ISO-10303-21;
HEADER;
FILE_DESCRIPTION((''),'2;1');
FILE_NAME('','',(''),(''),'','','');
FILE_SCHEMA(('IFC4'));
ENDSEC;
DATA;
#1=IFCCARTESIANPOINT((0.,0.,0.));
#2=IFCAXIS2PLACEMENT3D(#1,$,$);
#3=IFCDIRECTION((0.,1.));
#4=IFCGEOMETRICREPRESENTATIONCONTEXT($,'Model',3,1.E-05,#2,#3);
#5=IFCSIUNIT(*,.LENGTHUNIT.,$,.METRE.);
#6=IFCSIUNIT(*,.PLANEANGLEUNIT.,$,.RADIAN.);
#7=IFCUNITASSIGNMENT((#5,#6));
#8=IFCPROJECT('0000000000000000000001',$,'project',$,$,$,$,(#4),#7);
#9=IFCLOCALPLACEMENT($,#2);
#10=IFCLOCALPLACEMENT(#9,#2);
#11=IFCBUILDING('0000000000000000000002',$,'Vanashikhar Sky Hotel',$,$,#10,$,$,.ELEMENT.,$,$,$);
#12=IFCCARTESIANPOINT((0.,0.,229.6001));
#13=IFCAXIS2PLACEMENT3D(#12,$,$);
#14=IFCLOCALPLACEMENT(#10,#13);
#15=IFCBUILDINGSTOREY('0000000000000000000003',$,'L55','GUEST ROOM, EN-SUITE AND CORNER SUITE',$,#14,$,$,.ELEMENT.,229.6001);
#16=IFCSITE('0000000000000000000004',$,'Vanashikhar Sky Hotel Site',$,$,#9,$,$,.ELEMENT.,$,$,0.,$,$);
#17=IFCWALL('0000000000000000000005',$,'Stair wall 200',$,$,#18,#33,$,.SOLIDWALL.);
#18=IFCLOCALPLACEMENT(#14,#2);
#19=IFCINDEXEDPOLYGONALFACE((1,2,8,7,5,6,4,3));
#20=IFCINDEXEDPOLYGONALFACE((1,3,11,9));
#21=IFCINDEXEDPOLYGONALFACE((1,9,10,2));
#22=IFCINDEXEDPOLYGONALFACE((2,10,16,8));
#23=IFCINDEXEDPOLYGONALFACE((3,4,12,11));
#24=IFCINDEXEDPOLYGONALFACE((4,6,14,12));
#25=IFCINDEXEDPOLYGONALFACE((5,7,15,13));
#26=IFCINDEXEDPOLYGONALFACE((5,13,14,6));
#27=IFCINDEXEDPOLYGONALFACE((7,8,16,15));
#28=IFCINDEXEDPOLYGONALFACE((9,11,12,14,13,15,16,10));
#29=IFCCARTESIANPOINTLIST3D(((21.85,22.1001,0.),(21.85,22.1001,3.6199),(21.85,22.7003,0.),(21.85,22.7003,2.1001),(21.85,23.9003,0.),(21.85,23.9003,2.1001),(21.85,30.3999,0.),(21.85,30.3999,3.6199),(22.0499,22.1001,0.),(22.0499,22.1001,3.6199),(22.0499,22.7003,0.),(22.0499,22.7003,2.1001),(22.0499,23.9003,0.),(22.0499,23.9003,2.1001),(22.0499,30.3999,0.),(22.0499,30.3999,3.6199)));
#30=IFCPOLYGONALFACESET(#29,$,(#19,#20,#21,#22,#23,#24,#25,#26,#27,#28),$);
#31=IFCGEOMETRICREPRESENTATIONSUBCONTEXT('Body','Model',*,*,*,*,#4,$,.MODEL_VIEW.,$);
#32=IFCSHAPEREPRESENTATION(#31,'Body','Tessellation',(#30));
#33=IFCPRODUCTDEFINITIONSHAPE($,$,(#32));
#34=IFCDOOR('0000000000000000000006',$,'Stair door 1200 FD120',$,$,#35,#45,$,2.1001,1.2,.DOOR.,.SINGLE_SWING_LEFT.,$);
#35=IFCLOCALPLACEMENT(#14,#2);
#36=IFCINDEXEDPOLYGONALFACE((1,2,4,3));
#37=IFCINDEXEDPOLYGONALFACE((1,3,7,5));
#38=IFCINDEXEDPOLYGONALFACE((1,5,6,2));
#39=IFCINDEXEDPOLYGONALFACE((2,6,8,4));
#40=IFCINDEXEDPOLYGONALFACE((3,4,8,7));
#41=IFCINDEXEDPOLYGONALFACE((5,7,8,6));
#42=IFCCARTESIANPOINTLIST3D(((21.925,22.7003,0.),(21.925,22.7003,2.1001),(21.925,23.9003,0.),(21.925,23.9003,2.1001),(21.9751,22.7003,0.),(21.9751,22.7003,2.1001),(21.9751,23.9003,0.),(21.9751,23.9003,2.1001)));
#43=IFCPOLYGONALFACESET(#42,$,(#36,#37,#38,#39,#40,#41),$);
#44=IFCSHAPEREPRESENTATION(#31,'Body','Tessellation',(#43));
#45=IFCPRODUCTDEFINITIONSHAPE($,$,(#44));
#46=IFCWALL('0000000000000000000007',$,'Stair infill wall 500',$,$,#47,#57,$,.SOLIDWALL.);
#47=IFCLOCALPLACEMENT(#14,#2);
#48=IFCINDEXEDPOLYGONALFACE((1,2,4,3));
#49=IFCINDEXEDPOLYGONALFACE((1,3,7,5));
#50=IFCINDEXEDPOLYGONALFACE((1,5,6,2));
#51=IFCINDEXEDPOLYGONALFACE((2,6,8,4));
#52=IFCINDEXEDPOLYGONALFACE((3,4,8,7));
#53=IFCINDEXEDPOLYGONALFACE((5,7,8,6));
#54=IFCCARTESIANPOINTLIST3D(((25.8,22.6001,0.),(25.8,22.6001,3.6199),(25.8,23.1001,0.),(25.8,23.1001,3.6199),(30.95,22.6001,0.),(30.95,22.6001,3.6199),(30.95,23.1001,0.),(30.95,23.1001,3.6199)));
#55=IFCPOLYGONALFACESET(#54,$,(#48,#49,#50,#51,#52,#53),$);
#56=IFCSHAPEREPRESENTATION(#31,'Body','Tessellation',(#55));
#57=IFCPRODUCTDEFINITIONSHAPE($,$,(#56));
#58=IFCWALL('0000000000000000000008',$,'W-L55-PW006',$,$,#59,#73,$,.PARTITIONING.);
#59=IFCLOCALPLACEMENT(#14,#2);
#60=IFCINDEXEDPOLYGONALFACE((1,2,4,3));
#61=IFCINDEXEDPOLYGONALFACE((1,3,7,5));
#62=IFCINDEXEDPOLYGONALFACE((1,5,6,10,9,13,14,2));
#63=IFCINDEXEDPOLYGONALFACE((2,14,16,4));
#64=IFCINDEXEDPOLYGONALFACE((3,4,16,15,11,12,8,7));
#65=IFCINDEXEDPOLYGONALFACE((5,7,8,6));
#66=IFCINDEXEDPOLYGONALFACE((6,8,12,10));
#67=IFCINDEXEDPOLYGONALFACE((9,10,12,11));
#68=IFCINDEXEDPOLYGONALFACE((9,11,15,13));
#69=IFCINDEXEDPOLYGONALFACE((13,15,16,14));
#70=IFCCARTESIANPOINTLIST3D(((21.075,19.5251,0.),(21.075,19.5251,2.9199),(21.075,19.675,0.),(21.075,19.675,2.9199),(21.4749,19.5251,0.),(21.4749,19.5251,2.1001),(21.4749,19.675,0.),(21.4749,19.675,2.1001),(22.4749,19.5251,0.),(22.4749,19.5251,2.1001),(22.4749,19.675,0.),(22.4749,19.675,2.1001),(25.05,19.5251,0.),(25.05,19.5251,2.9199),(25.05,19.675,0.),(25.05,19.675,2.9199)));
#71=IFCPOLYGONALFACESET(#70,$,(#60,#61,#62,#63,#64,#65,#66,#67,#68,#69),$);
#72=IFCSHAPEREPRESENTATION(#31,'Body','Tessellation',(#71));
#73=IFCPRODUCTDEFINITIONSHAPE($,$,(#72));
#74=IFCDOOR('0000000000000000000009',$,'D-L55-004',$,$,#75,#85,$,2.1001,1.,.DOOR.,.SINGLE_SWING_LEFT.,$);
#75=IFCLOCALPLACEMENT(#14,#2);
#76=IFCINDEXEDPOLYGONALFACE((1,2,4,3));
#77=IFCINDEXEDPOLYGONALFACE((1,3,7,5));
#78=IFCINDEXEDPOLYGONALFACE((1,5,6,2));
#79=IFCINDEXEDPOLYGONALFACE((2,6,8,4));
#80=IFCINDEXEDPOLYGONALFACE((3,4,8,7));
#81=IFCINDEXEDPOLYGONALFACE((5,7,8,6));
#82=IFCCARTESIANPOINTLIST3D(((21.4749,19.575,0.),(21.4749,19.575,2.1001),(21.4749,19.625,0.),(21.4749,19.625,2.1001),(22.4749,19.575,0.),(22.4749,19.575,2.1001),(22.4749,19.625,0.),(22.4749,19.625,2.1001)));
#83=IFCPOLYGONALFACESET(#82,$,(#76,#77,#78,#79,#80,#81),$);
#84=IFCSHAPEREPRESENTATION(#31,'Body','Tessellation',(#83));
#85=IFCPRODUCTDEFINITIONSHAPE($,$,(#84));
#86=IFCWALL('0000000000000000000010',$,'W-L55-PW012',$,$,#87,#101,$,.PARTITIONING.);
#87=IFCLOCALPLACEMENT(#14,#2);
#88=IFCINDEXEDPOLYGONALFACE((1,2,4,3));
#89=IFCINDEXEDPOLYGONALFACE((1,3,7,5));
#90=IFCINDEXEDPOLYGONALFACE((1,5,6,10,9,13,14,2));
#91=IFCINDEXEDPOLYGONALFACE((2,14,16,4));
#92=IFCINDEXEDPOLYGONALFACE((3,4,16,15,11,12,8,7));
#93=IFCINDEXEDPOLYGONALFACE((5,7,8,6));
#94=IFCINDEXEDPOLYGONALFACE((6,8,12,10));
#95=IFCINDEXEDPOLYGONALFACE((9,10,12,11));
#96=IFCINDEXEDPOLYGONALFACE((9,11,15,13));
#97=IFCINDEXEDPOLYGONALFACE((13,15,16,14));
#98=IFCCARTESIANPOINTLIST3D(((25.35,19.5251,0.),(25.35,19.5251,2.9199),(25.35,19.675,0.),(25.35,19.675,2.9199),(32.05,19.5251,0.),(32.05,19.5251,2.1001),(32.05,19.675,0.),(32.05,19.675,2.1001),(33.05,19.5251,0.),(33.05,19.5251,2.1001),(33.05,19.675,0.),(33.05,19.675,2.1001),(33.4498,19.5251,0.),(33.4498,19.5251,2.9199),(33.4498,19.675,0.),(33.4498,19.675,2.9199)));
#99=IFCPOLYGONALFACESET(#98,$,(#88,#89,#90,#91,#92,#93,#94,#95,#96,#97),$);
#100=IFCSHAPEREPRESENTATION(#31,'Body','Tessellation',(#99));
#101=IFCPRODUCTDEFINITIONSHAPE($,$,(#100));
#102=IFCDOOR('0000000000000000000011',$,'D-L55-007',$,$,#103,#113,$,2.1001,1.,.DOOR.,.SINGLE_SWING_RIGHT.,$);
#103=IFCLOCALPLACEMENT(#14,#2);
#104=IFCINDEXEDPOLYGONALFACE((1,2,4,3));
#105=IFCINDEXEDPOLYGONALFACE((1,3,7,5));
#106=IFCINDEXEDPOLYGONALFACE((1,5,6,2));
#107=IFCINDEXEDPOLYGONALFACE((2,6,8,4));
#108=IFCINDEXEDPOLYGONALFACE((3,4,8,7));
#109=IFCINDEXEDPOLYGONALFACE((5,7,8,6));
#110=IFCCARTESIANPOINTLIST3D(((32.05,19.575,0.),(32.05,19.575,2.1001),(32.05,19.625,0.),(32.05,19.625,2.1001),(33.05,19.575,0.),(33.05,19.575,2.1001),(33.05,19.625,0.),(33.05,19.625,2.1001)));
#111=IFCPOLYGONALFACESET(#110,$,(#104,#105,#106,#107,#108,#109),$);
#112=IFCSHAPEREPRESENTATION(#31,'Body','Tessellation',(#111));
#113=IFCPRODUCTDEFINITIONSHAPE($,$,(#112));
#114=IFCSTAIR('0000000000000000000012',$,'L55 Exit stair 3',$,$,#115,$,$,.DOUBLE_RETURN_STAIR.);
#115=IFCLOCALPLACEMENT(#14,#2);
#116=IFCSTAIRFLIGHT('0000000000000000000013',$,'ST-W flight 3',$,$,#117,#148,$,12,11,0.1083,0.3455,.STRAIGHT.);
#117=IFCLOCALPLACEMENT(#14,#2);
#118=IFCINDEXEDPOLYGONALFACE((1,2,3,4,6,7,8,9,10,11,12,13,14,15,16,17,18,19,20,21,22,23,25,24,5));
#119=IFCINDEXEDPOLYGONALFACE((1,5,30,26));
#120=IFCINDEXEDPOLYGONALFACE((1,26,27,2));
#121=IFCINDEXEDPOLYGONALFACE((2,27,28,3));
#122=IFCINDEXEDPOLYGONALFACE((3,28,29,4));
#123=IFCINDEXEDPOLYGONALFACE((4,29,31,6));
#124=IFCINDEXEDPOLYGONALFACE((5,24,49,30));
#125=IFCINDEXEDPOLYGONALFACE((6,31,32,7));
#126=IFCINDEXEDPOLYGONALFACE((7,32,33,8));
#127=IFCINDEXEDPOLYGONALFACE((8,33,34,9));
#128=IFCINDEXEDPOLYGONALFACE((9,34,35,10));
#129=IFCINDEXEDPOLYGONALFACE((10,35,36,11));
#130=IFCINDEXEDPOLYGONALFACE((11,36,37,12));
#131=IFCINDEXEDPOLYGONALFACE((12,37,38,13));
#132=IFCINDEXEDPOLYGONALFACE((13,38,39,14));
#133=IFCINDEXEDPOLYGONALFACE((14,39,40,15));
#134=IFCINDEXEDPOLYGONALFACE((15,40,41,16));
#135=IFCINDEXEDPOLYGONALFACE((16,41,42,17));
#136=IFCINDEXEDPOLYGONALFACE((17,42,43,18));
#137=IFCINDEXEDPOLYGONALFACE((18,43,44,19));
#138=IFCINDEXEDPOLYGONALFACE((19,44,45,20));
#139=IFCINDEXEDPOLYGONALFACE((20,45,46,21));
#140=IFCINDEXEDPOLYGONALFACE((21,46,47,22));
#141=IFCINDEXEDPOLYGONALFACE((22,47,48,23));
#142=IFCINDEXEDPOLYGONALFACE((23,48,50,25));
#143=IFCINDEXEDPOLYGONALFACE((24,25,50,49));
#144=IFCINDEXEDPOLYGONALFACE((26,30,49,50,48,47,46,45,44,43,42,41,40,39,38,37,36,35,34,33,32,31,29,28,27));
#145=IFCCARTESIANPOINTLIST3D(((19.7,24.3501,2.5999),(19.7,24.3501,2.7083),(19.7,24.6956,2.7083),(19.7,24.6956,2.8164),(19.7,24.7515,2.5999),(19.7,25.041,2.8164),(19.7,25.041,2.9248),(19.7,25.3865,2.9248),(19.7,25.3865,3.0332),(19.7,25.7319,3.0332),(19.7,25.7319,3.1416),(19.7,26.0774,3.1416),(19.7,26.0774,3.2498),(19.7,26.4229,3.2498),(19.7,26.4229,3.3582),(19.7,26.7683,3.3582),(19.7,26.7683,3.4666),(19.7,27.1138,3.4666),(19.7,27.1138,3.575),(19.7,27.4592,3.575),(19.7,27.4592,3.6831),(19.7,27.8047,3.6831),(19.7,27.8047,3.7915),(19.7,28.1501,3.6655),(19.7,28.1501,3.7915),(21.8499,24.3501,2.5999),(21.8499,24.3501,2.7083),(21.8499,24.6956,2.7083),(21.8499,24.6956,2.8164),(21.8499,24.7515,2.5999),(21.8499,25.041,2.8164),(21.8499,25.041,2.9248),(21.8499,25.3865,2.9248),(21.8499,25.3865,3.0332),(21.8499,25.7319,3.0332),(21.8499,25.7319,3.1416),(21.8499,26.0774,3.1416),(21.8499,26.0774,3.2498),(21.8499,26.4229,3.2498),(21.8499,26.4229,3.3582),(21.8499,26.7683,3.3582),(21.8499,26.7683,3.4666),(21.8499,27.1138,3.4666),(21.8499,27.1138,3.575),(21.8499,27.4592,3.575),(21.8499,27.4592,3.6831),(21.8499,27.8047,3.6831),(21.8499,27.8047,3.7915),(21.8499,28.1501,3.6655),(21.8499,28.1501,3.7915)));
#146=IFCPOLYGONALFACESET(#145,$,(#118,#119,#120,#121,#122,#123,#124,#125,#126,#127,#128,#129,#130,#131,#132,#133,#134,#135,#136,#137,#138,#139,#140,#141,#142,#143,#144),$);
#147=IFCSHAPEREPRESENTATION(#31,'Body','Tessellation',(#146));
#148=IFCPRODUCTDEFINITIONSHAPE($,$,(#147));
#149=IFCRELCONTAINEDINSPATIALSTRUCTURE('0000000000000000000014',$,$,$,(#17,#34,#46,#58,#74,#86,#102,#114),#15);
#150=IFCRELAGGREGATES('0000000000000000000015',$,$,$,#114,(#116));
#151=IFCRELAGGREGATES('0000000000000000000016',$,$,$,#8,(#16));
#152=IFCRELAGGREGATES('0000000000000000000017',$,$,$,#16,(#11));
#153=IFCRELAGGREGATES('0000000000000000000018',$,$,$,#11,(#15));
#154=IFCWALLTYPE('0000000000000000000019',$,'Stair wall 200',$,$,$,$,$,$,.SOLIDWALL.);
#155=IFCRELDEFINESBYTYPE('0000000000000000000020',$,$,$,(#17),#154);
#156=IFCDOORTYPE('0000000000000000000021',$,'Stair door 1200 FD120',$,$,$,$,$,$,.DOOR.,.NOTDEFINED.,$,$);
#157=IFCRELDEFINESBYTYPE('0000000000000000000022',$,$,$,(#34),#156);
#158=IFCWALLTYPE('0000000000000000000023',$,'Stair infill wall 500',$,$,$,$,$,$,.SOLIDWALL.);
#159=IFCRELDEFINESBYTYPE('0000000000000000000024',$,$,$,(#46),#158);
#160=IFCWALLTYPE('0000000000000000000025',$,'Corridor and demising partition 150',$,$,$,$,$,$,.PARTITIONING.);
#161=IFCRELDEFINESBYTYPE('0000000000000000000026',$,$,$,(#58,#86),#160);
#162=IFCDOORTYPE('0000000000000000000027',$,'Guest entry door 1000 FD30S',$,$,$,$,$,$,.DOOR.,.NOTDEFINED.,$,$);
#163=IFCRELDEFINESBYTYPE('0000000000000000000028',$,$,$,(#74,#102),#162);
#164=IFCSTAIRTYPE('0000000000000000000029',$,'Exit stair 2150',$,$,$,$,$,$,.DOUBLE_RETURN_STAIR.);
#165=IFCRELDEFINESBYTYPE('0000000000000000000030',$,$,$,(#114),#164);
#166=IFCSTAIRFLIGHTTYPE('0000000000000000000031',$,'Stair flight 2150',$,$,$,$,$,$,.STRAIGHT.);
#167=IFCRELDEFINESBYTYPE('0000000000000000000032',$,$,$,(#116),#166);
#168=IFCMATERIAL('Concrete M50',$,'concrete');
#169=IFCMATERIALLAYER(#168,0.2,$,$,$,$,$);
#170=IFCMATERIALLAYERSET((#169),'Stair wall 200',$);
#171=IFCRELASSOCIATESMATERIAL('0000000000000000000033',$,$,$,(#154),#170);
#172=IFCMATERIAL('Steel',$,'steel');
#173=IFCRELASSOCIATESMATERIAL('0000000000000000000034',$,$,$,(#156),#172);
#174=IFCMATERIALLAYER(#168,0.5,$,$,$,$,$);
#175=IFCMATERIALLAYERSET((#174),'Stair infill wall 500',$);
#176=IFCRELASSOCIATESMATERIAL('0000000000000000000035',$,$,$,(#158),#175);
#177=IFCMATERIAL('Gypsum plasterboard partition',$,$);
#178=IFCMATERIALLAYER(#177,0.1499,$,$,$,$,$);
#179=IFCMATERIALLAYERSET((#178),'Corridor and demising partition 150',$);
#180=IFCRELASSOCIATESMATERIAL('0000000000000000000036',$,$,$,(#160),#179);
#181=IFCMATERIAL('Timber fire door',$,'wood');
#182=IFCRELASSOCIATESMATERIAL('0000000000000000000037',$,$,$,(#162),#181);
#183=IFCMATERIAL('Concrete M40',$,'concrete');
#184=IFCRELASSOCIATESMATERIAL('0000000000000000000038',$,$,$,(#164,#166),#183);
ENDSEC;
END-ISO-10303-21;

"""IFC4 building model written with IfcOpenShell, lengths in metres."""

from ifc_helpers import new_model, si_unit, direction, frame, frame_2d, origin, place, context, subcontext, project, spatial, polyline, rectangle, outline, extrude, source, transform, mapped, material, layer, layer_set, type_object, element, fill, aggregate, save


model = new_model("IFC4")

# Units and contexts
model_context = context("Model", 3, precision=1e-05, world=origin(), true_north=direction((0.0, 1.0)))
body_context = subcontext(model_context, "Body", "Model", "MODEL_VIEW")
ifc_project = project(units=[si_unit("LENGTHUNIT", "METRE"), si_unit("PLANEANGLEUNIT", "RADIAN")], contexts=[model_context])

# Site, building, storey
site_placement = place(None, origin())
site = spatial("IfcSite", under=ifc_project, at=site_placement, Name="Vanashikhar Sky Hotel Site", CompositionType="ELEMENT", RefElevation=0.0)
building_placement = place(site_placement, origin())
building = spatial("IfcBuilding", under=site, at=building_placement, Name="Vanashikhar Sky Hotel", CompositionType="ELEMENT")
storey_placement = place(building_placement, frame((0.0, 0.0, 229.6001)))
storey = spatial("IfcBuildingStorey", under=building, at=storey_placement, Name="L55", Description="GUEST ROOM, EN-SUITE AND CORNER SUITE", CompositionType="ELEMENT", Elevation=229.6001)

# Shared definitions
ifc_material_1 = material(Name="Steel", Category="steel")

# Wall, opening, door
ifc_material_2 = material(Name="Concrete M50", Category="concrete")
ifc_layer_1 = layer(ifc_material_2, 0.2)
ifc_layer_set_1 = layer_set([ifc_layer_1], Name="Stair wall 200")
wall_type_1 = type_object("IfcWallType", Name="Stair wall 200", PredefinedType="SOLIDWALL", material=ifc_layer_set_1)
shared_shape_1 = source(origin(), body_context, "Body", "SweptSolid", [
    extrude(rectangle(XDim=8.2998, YDim=0.2, at=frame_2d((4.1499, 0.0))), origin(), (0.0, 0.0, 1.0), 3.6199),
])
wall_1_placement = place(storey_placement, frame((21.95, 22.1001, 0.0), z_axis=(0.0, 0.0, 1.0), x_axis=(0.0, 1.0, 0.0)))
wall_1 = element("IfcWall", 1, at=wall_1_placement, inside=storey, type_object=wall_type_1, Name="Stair wall 200", PredefinedType="SOLIDWALL", context=body_context, shape_type="MappedRepresentation", body=[
    mapped(shared_shape_1, transform((0.0, 0.0, 0.0), scale=1.0)),
])
shared_shape_2 = source(origin(), body_context, "Body", "SweptSolid", [
    extrude(rectangle(XDim=1.2, YDim=2.1001, at=frame_2d((0.6001, 1.05))), frame((0.0, 0.1099, 0.0), z_axis=(0.0, -1.0, 0.0), x_axis=(1.0, 0.0, 0.0)), (0.0, 0.0, 1.0), 0.22),
])
opening_1_placement = place(wall_1_placement, frame((0.6001, 0.0, 0.0)))
opening_1 = element("IfcOpeningElement", 2, at=opening_1_placement, cuts=wall_1, PredefinedType="OPENING", context=body_context, shape_type="MappedRepresentation", body=[
    mapped(shared_shape_2, transform((0.0, 0.0, 0.0), scale=1.0)),
])
door_type_1 = type_object("IfcDoorType", Name="Stair door 1200 FD120", OperationType="NOTDEFINED", PredefinedType="DOOR", material=ifc_material_1)
shared_shape_3 = source(origin(), body_context, "Body", "SweptSolid", [
    extrude(rectangle(XDim=1.2, YDim=2.1001, at=frame_2d((0.6001, 1.05))), frame((0.0, 0.0249, 0.0), z_axis=(0.0, -1.0, 0.0), x_axis=(1.0, 0.0, 0.0)), (0.0, 0.0, 1.0), 0.05),
])
door_1_placement = place(opening_1_placement, origin())
door_1 = element("IfcDoor", 3, at=door_1_placement, inside=storey, type_object=door_type_1, Name="Stair door 1200 FD120", OperationType="SINGLE_SWING_LEFT", OverallHeight=2.1001, OverallWidth=1.2, PredefinedType="DOOR", context=body_context, shape_type="MappedRepresentation", body=[
    mapped(shared_shape_3, transform((0.0, 0.0, 0.0), scale=1.0)),
])
fill(opening_1, door_1)

# Wall
ifc_layer_2 = layer(ifc_material_2, 0.5)
ifc_layer_set_2 = layer_set([ifc_layer_2], Name="Stair infill wall 500")
wall_type_2 = type_object("IfcWallType", Name="Stair infill wall 500", PredefinedType="SOLIDWALL", material=ifc_layer_set_2)
shared_shape_4 = source(origin(), body_context, "Body", "SweptSolid", [
    extrude(rectangle(XDim=5.1499, YDim=0.5, at=frame_2d((2.575, 0.0))), origin(), (0.0, 0.0, 1.0), 3.6199),
])
wall_2_placement = place(storey_placement, frame((25.8, 22.8501, 0.0), z_axis=(0.0, 0.0, 1.0), x_axis=(1.0, 0.0, 0.0)))
element("IfcWall", 4, at=wall_2_placement, inside=storey, type_object=wall_type_2, Name="Stair infill wall 500", PredefinedType="SOLIDWALL", context=body_context, shape_type="MappedRepresentation", body=[
    mapped(shared_shape_4, transform((0.0, 0.0, 0.0), scale=1.0)),
])

# Walls, openings, doors
ifc_material_3 = material(Name="Gypsum plasterboard partition")
ifc_layer_3 = layer(ifc_material_3, 0.1499)
ifc_layer_set_3 = layer_set([ifc_layer_3], Name="Corridor and demising partition 150")
wall_type_3 = type_object("IfcWallType", Name="Corridor and demising partition 150", PredefinedType="PARTITIONING", material=ifc_layer_set_3)
shared_shape_5 = source(origin(), body_context, "Body", "SweptSolid", [
    extrude(rectangle(XDim=3.9751, YDim=0.1499, at=frame_2d((1.9875, 0.0))), origin(), (0.0, 0.0, 1.0), 2.9199),
])
wall_3_placement = place(storey_placement, frame((21.075, 19.6001, 0.0), z_axis=(0.0, 0.0, 1.0), x_axis=(1.0, 0.0, 0.0)))
wall_3 = element("IfcWall", 5, at=wall_3_placement, inside=storey, type_object=wall_type_3, Name="W-L55-PW006", PredefinedType="PARTITIONING", context=body_context, shape_type="MappedRepresentation", body=[
    mapped(shared_shape_5, transform((0.0, 0.0, 0.0), scale=1.0)),
])
shared_shape_6 = source(origin(), body_context, "Body", "SweptSolid", [
    extrude(rectangle(XDim=1.0, YDim=2.1001, at=frame_2d((0.5, 1.05))), frame((0.0, 0.085, 0.0), z_axis=(0.0, -1.0, 0.0), x_axis=(1.0, 0.0, 0.0)), (0.0, 0.0, 1.0), 0.1699),
])
opening_2_placement = place(wall_3_placement, frame((0.3999, 0.0, 0.0)))
opening_2 = element("IfcOpeningElement", 6, at=opening_2_placement, cuts=wall_3, PredefinedType="OPENING", context=body_context, shape_type="MappedRepresentation", body=[
    mapped(shared_shape_6, transform((0.0, 0.0, 0.0), scale=1.0)),
])
ifc_material_4 = material(Name="Timber fire door", Category="wood")
door_type_2 = type_object("IfcDoorType", Name="Guest entry door 1000 FD30S", OperationType="NOTDEFINED", PredefinedType="DOOR", material=ifc_material_4)
shared_shape_7 = source(origin(), body_context, "Body", "SweptSolid", [
    extrude(rectangle(XDim=1.0, YDim=2.1001, at=frame_2d((0.5, 1.05))), frame((0.0, 0.0249, 0.0), z_axis=(0.0, -1.0, 0.0), x_axis=(1.0, 0.0, 0.0)), (0.0, 0.0, 1.0), 0.05),
])
door_2_placement = place(opening_2_placement, origin())
door_2 = element("IfcDoor", 7, at=door_2_placement, inside=storey, type_object=door_type_2, Name="D-L55-004", OperationType="SINGLE_SWING_LEFT", OverallHeight=2.1001, OverallWidth=1.0, PredefinedType="DOOR", context=body_context, shape_type="MappedRepresentation", body=[
    mapped(shared_shape_7, transform((0.0, 0.0, 0.0), scale=1.0)),
])
fill(opening_2, door_2)
shared_shape_8 = source(origin(), body_context, "Body", "SweptSolid", [
    extrude(rectangle(XDim=8.0999, YDim=0.1499, at=frame_2d((4.0498, 0.0))), origin(), (0.0, 0.0, 1.0), 2.9199),
])
wall_4_placement = place(storey_placement, frame((25.3501, 19.6001, 0.0), z_axis=(0.0, 0.0, 1.0), x_axis=(1.0, 0.0, 0.0)))
wall_4 = element("IfcWall", 8, at=wall_4_placement, inside=storey, type_object=wall_type_3, Name="W-L55-PW012", PredefinedType="PARTITIONING", context=body_context, shape_type="MappedRepresentation", body=[
    mapped(shared_shape_8, transform((0.0, 0.0, 0.0), scale=1.0)),
])
opening_3_placement = place(wall_4_placement, frame((6.7, 0.0, 0.0)))
opening_3 = element("IfcOpeningElement", 9, at=opening_3_placement, cuts=wall_4, PredefinedType="OPENING", context=body_context, shape_type="MappedRepresentation", body=[
    mapped(shared_shape_6, transform((0.0, 0.0, 0.0), scale=1.0)),
])
door_3_placement = place(opening_3_placement, origin())
door_3 = element("IfcDoor", 10, at=door_3_placement, inside=storey, type_object=door_type_2, Name="D-L55-007", OperationType="SINGLE_SWING_RIGHT", OverallHeight=2.1001, OverallWidth=1.0, PredefinedType="DOOR", context=body_context, shape_type="MappedRepresentation", body=[
    mapped(shared_shape_7, transform((0.0, 0.0, 0.0), scale=1.0)),
])
fill(opening_3, door_3)

# Stair, stair flight
ifc_material_5 = material(Name="Concrete M40", Category="concrete")
stair_type = type_object("IfcStairType", Name="Exit stair 2150", PredefinedType="DOUBLE_RETURN_STAIR", material=ifc_material_5)
stair_placement = place(storey_placement, origin())
stair = element("IfcStair", 11, at=stair_placement, inside=storey, type_object=stair_type, Name="L55 Exit stair 3", PredefinedType="DOUBLE_RETURN_STAIR")
stair_flight_type = type_object("IfcStairFlightType", Name="Stair flight 2150", PredefinedType="STRAIGHT", material=ifc_material_5)
shared_shape_9 = source(origin(), body_context, "Body", "SweptSolid", [
    extrude(outline(polyline([(0.0, 0.0), (0.0, 0.1084), (0.3455, 0.1084), (0.3455, 0.2166), (0.6909, 0.2166), (0.6909, 0.325), (1.0364, 0.325), (1.0364, 0.4333), (1.3818, 0.4333), (1.3818, 0.5417), (1.7273, 0.5417), (1.7273, 0.6499), (2.0728, 0.6499), (2.0728, 0.7583), (2.4182, 0.7583), (2.4182, 0.8667), (2.7637, 0.8667), (2.7637, 0.9751), (3.1091, 0.9751), (3.1091, 1.0833), (3.4546, 1.0833), (3.4546, 1.1917), (3.8, 1.1917), (3.8, 1.3), (3.8, 1.0657), (0.4014, 0.0), (0.0, 0.0)])), frame((0.0, 1.075, 0.0), z_axis=(0.0, -1.0, 0.0), x_axis=(1.0, 0.0, 0.0)), (0.0, 0.0, 1.0), 2.1499),
])
stair_flight_placement = place(storey_placement, frame((20.7749, 24.3501, 2.5999), z_axis=(0.0, 0.0, 1.0), x_axis=(0.0, 1.0, 0.0)))
stair_flight = element("IfcStairFlight", 12, at=stair_flight_placement, type_object=stair_flight_type, Name="ST-W flight 3", NumberOfRisers=12, NumberOfTreads=11, PredefinedType="STRAIGHT", RiserHeight=0.1083, TreadLength=0.3455, context=body_context, shape_type="MappedRepresentation", body=[
    mapped(shared_shape_9, transform((0.0, 0.0, 0.0), scale=1.0)),
])
aggregate(stair, [stair_flight])

save(model, "model.ifc")
